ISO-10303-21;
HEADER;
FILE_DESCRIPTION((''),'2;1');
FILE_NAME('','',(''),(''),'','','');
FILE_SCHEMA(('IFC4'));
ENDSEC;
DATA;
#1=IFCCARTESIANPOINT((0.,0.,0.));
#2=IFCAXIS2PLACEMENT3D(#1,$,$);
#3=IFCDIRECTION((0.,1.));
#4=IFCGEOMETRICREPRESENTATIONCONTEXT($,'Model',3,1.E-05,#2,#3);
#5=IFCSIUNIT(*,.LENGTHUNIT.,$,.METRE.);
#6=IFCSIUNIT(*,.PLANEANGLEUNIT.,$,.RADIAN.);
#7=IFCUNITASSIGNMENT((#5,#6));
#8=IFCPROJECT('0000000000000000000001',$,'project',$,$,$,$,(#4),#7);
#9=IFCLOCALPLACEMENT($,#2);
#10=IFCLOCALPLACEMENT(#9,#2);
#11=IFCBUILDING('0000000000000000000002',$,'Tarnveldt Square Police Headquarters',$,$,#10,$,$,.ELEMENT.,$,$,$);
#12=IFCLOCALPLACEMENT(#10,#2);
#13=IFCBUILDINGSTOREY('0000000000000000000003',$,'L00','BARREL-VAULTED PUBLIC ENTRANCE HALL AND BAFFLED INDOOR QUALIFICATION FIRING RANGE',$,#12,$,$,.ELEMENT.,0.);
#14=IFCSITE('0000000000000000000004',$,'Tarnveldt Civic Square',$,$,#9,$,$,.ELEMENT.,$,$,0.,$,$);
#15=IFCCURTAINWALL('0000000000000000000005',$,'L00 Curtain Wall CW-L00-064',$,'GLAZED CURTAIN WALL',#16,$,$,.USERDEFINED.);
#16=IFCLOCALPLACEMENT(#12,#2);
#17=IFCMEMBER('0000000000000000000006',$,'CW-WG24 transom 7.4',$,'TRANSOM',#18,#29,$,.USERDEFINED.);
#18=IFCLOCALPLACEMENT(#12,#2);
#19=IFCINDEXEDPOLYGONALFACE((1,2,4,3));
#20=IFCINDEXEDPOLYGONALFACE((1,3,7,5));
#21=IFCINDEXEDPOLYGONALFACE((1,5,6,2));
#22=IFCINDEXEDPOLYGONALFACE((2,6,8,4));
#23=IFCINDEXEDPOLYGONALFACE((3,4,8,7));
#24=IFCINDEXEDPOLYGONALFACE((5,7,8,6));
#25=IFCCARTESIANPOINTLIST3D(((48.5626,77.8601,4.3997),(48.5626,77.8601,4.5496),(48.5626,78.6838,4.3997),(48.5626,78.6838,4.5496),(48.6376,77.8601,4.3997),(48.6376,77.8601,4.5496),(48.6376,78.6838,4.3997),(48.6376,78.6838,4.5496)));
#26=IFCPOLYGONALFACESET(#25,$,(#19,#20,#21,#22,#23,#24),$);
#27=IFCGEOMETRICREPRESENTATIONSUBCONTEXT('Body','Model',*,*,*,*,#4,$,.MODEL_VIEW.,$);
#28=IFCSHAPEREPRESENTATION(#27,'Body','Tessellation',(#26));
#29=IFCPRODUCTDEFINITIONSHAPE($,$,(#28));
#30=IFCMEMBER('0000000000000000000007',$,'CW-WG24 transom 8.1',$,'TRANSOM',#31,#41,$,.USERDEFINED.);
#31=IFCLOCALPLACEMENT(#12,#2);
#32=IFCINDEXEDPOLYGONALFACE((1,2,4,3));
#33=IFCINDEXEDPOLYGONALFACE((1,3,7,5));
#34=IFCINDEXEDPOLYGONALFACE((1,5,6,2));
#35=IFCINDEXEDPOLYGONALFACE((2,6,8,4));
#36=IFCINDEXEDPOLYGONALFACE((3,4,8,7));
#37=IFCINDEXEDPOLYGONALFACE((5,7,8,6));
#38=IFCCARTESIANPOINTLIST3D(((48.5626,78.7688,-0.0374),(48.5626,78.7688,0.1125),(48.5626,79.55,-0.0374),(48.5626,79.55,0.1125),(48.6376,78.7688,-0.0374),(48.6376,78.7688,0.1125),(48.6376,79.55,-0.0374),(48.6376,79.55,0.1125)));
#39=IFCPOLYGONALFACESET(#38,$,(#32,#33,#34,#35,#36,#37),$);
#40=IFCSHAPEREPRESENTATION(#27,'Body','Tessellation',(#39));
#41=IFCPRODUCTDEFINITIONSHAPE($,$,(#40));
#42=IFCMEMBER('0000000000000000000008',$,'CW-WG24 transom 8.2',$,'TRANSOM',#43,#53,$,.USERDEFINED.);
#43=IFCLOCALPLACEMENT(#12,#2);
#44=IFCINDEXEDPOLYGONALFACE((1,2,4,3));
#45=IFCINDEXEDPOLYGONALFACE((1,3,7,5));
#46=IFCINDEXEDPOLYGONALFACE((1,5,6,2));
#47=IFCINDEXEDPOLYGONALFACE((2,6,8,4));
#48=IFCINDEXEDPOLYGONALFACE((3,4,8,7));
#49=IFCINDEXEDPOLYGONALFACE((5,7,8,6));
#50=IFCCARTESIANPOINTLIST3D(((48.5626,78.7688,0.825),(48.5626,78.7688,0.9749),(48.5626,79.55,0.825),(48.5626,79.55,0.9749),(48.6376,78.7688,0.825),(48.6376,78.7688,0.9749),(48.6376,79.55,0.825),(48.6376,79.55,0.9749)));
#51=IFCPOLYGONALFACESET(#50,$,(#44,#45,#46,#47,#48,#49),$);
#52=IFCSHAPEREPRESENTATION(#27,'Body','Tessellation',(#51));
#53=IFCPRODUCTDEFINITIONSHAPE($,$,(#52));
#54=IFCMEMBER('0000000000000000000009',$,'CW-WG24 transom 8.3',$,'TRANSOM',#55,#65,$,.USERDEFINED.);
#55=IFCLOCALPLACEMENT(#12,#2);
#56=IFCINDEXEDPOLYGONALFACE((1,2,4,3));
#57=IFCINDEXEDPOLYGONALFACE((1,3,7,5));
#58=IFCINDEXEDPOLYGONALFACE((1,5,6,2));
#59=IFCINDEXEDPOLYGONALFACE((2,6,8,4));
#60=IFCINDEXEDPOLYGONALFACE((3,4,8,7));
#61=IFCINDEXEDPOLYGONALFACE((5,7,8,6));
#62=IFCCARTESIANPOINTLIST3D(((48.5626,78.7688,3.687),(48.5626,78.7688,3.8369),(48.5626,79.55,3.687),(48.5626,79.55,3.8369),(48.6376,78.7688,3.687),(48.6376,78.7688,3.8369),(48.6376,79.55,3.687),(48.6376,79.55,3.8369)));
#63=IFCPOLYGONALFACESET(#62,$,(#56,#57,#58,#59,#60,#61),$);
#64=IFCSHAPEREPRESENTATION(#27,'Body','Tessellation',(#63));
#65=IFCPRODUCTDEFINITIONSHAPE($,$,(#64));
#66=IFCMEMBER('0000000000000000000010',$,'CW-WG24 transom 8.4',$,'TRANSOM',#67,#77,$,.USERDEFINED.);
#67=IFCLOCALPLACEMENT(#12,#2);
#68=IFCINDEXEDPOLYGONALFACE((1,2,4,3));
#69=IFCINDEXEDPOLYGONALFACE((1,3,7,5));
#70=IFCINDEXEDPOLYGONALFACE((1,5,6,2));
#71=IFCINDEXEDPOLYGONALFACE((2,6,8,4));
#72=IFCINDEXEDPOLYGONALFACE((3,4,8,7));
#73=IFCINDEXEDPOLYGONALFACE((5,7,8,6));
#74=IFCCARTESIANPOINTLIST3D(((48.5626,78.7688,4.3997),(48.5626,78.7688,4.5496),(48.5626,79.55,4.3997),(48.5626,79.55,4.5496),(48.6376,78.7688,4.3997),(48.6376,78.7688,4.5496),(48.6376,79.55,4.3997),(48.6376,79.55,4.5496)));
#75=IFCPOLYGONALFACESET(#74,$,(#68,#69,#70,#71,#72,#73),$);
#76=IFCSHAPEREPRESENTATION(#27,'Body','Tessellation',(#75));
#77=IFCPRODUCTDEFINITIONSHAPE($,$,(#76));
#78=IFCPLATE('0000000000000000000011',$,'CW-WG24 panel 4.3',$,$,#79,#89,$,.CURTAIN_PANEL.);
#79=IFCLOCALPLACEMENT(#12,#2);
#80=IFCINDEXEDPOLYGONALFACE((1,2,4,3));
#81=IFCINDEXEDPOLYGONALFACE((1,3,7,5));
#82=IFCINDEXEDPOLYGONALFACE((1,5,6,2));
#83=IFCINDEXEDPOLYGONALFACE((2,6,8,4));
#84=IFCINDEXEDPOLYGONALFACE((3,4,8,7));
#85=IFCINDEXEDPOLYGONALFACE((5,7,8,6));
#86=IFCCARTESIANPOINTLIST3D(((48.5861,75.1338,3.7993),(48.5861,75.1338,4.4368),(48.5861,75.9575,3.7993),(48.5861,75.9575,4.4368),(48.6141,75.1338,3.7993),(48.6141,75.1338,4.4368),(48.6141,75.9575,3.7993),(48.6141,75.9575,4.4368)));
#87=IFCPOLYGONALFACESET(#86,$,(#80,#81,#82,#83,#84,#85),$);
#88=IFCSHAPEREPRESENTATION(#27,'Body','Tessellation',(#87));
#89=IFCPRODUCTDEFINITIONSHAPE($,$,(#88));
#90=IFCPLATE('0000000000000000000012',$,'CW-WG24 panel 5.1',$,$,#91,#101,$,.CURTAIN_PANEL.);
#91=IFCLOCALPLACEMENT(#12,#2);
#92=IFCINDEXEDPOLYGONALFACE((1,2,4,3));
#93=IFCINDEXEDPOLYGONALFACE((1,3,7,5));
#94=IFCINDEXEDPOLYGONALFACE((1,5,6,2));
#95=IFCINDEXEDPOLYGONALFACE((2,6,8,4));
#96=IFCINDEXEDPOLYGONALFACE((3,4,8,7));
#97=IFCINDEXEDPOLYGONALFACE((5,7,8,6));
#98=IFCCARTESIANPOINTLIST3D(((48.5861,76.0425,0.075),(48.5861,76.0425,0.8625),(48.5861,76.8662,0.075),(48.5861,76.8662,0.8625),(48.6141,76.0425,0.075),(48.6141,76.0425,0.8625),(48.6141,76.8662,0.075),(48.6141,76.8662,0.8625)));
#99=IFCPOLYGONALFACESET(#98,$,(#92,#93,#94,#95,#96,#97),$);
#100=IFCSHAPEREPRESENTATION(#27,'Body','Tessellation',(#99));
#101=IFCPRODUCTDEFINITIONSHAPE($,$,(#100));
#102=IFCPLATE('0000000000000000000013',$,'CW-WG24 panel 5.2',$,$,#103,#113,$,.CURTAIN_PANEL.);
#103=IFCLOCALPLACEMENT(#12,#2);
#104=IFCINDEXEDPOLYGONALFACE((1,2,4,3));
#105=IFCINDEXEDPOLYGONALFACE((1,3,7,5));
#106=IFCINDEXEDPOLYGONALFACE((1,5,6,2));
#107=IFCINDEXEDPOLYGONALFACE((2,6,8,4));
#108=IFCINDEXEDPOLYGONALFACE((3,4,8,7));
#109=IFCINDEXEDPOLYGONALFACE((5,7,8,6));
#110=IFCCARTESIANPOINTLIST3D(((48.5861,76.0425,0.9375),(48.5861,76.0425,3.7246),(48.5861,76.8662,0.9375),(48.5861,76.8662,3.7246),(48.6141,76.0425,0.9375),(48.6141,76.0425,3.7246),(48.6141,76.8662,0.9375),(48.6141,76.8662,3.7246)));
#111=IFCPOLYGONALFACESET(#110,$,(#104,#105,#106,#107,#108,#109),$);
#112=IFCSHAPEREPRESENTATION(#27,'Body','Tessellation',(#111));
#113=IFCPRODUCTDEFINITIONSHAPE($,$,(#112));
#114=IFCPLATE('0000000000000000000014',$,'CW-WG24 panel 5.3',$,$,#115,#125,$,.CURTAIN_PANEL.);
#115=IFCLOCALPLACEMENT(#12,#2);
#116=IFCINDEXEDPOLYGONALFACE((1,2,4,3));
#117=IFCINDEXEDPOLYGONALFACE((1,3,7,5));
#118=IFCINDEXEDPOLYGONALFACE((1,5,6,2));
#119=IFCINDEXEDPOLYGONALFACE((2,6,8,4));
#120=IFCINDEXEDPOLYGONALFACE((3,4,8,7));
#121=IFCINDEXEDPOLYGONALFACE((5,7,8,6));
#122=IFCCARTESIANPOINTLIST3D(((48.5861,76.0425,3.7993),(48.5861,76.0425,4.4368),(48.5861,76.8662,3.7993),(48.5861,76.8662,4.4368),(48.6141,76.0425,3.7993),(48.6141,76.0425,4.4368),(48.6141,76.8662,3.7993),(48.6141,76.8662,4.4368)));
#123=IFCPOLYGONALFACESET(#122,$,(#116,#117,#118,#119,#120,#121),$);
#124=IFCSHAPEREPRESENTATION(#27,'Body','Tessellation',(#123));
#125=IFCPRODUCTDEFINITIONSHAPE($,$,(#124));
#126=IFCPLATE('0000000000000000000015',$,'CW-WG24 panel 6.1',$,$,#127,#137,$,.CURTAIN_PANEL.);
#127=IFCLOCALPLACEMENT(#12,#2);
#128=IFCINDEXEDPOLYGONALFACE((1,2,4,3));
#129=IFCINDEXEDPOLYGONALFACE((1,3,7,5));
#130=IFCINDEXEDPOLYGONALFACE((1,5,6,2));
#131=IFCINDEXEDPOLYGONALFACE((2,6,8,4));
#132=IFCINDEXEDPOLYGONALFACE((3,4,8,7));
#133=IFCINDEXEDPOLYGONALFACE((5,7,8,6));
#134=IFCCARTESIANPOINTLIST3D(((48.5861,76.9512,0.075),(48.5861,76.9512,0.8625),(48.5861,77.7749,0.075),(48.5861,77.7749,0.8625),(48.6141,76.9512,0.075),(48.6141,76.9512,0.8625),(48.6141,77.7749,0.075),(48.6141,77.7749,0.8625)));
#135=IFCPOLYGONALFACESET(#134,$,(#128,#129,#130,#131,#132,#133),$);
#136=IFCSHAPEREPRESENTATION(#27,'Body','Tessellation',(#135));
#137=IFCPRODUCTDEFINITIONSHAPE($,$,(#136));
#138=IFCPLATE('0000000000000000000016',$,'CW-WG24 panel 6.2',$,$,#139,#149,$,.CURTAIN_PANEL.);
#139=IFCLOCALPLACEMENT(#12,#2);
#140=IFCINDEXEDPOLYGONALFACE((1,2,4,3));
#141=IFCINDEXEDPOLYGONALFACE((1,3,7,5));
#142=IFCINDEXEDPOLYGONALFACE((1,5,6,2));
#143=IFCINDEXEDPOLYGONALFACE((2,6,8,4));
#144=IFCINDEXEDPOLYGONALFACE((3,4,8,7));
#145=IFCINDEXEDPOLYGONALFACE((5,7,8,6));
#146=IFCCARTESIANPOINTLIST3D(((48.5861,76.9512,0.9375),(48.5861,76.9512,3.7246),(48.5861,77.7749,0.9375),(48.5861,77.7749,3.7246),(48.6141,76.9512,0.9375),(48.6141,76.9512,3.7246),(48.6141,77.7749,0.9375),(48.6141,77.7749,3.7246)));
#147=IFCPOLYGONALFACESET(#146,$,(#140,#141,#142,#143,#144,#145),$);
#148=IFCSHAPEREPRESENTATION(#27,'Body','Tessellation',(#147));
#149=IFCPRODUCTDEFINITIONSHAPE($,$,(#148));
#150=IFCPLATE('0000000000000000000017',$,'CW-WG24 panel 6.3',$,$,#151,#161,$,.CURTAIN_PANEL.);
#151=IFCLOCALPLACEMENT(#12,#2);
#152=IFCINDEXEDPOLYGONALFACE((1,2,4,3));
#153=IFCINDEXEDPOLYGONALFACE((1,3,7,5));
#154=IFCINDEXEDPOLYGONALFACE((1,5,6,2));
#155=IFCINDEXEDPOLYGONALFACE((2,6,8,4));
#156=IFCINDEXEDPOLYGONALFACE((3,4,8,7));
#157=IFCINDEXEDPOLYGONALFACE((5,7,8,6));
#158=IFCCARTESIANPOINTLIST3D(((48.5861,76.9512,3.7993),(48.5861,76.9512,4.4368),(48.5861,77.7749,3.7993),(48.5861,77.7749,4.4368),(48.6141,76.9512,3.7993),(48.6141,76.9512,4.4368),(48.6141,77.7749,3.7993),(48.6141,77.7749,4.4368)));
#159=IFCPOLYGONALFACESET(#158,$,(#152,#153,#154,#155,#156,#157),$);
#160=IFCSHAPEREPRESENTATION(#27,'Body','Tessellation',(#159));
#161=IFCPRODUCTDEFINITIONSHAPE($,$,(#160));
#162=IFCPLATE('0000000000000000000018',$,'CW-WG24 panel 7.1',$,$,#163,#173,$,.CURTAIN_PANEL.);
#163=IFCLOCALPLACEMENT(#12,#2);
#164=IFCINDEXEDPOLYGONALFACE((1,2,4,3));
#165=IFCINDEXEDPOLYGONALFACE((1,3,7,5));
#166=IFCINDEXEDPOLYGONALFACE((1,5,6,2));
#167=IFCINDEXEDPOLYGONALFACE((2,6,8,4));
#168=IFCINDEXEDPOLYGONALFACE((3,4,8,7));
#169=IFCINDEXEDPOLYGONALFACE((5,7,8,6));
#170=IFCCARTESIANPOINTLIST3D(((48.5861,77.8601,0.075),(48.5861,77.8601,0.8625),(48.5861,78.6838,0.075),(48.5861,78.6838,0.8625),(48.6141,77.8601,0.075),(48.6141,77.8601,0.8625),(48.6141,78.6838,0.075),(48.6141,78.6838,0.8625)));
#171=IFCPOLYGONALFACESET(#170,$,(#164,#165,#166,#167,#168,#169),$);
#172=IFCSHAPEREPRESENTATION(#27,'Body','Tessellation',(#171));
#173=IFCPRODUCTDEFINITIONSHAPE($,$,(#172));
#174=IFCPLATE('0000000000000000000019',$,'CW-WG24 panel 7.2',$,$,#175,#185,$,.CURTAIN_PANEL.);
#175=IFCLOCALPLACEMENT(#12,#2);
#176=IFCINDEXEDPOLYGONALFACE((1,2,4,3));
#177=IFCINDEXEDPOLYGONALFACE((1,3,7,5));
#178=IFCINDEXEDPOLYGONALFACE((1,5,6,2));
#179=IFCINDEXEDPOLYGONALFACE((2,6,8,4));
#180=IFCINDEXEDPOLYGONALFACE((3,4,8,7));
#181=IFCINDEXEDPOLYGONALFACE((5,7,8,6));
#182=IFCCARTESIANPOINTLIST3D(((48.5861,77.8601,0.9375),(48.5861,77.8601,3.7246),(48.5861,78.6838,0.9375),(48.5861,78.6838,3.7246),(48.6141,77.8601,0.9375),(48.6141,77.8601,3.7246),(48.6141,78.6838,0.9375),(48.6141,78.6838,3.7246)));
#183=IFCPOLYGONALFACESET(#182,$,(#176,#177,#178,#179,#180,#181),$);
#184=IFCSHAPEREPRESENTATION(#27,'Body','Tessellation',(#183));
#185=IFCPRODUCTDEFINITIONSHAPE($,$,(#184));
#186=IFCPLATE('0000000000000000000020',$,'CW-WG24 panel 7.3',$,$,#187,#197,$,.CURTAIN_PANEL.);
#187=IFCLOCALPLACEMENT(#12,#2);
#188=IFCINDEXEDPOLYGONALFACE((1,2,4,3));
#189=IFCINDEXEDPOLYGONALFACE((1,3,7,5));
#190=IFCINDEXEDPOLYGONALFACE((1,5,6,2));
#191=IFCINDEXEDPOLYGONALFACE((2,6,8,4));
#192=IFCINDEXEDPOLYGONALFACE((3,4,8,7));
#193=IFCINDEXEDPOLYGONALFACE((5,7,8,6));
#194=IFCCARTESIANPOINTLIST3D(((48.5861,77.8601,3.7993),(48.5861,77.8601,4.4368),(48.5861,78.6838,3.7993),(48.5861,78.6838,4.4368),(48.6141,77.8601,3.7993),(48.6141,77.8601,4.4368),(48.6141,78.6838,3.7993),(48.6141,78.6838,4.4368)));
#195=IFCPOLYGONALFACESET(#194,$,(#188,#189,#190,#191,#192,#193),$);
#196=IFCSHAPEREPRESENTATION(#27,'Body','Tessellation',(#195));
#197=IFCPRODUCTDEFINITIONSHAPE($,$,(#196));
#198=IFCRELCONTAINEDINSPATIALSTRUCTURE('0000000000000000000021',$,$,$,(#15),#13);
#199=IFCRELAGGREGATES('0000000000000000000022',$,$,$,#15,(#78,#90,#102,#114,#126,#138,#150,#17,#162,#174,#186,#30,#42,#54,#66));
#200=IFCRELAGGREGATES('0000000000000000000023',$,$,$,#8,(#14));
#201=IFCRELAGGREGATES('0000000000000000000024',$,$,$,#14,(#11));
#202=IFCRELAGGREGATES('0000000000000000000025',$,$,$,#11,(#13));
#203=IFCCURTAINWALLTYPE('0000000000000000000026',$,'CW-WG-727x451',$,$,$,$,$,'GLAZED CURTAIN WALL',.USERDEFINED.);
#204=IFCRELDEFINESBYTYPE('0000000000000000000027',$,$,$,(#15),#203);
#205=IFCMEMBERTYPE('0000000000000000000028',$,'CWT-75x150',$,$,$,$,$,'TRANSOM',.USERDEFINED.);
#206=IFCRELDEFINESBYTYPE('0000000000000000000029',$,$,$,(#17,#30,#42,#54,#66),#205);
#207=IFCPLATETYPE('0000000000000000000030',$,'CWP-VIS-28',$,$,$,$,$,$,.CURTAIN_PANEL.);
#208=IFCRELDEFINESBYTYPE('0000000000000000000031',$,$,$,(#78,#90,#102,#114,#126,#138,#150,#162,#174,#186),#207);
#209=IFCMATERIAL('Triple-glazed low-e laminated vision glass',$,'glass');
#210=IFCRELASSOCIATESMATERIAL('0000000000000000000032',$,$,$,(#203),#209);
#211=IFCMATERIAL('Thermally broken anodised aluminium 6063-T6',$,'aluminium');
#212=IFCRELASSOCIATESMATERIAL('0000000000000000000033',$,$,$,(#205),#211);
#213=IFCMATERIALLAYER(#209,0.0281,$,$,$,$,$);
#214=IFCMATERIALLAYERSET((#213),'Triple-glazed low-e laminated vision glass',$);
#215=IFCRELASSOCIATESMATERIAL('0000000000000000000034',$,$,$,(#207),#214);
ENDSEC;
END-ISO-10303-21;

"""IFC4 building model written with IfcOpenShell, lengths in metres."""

from ifc_helpers import new_model, si_unit, direction, frame, origin, origin_2d, place, context, subcontext, project, spatial, rectangle, extrude, material, layer, layer_set, material_profile, profile_set, type_object, element, aggregate, save


model = new_model("IFC4")

# Units and contexts
model_context = context("Model", 3, precision=1e-05, world=origin(), true_north=direction((0.0, 1.0)))
body_context = subcontext(model_context, "Body", "Model", "MODEL_VIEW")
ifc_project = project(units=[si_unit("LENGTHUNIT", "METRE"), si_unit("PLANEANGLEUNIT", "RADIAN")], contexts=[model_context])

# Site, building, storey
site_placement = place(None, origin())
site = spatial("IfcSite", under=ifc_project, at=site_placement, Name="Tarnveldt Civic Square", CompositionType="ELEMENT", RefElevation=0.0)
building_placement = place(site_placement, origin())
building = spatial("IfcBuilding", under=site, at=building_placement, Name="Tarnveldt Square Police Headquarters", CompositionType="ELEMENT")
storey_placement = place(building_placement, origin())
storey = spatial("IfcBuildingStorey", under=building, at=storey_placement, Name="L00", Description="BARREL-VAULTED PUBLIC ENTRANCE HALL AND BAFFLED INDOOR QUALIFICATION FIRING RANGE", CompositionType="ELEMENT", Elevation=0.0)

# Curtain wall, members, plates
ifc_material_1 = material(Name="Triple-glazed low-e laminated vision glass", Category="glass")
curtain_wall_type = type_object("IfcCurtainWallType", Name="CW-WG-727x451", ElementType="GLAZED CURTAIN WALL", PredefinedType="USERDEFINED", material=ifc_material_1)
curtain_wall_placement = place(storey_placement, origin())
curtain_wall = element("IfcCurtainWall", 1, at=curtain_wall_placement, inside=storey, type_object=curtain_wall_type, Name="L00 Curtain Wall CW-L00-064", ObjectType="GLAZED CURTAIN WALL", PredefinedType="USERDEFINED")
ifc_material_2 = material(Name="Thermally broken anodised aluminium 6063-T6", Category="aluminium")
ifc_material_profile_1 = material_profile(ifc_material_2, rectangle(XDim=0.075, YDim=0.1499, at=origin_2d()), Name="CW-T75x150")
ifc_profile_set_1 = profile_set([ifc_material_profile_1], Name="Thermally broken anodised aluminium 6063-T6")
member_type_1 = type_object("IfcMemberType", Name="CWT-75x150", ElementType="TRANSOM", PredefinedType="USERDEFINED", material=ifc_profile_set_1)
member_1_placement = place(storey_placement, frame((48.6001, 77.8601, 4.4746), z_axis=(0.0, 1.0, 0.0), x_axis=(-1.0, 0.0, 0.0)))
member_1 = element("IfcMember", 2, at=member_1_placement, type_object=member_type_1, Name="CW-WG24 transom 7.4", ObjectType="TRANSOM", PredefinedType="USERDEFINED", context=body_context, shape_type="SweptSolid", body=[
    extrude(rectangle(XDim=0.075, YDim=0.1499, at=origin_2d()), origin(), (0.0, 0.0, 1.0), 0.8237),
])
member_2_placement = place(storey_placement, frame((48.6001, 78.7688, 0.0376), z_axis=(0.0, 1.0, 0.0), x_axis=(-1.0, 0.0, 0.0)))
member_2 = element("IfcMember", 3, at=member_2_placement, type_object=member_type_1, Name="CW-WG24 transom 8.1", ObjectType="TRANSOM", PredefinedType="USERDEFINED", context=body_context, shape_type="SweptSolid", body=[
    extrude(rectangle(XDim=0.075, YDim=0.1499, at=origin_2d()), origin(), (0.0, 0.0, 1.0), 0.7812),
])
member_3_placement = place(storey_placement, frame((48.6001, 78.7688, 0.8999), z_axis=(0.0, 1.0, 0.0), x_axis=(-1.0, 0.0, 0.0)))
member_3 = element("IfcMember", 4, at=member_3_placement, type_object=member_type_1, Name="CW-WG24 transom 8.2", ObjectType="TRANSOM", PredefinedType="USERDEFINED", context=body_context, shape_type="SweptSolid", body=[
    extrude(rectangle(XDim=0.075, YDim=0.1499, at=origin_2d()), origin(), (0.0, 0.0, 1.0), 0.7812),
])
member_4_placement = place(storey_placement, frame((48.6001, 78.7688, 3.762), z_axis=(0.0, 1.0, 0.0), x_axis=(-1.0, 0.0, 0.0)))
member_4 = element("IfcMember", 5, at=member_4_placement, type_object=member_type_1, Name="CW-WG24 transom 8.3", ObjectType="TRANSOM", PredefinedType="USERDEFINED", context=body_context, shape_type="SweptSolid", body=[
    extrude(rectangle(XDim=0.075, YDim=0.1499, at=origin_2d()), origin(), (0.0, 0.0, 1.0), 0.7812),
])
member_5_placement = place(storey_placement, frame((48.6001, 78.7688, 4.4746), z_axis=(0.0, 1.0, 0.0), x_axis=(-1.0, 0.0, 0.0)))
member_5 = element("IfcMember", 6, at=member_5_placement, type_object=member_type_1, Name="CW-WG24 transom 8.4", ObjectType="TRANSOM", PredefinedType="USERDEFINED", context=body_context, shape_type="SweptSolid", body=[
    extrude(rectangle(XDim=0.075, YDim=0.1499, at=origin_2d()), origin(), (0.0, 0.0, 1.0), 0.7812),
])
ifc_layer = layer(ifc_material_1, 0.0281)
ifc_layer_set = layer_set([ifc_layer], Name="Triple-glazed low-e laminated vision glass")
plate_type = type_object("IfcPlateType", Name="CWP-VIS-28", PredefinedType="CURTAIN_PANEL", material=ifc_layer_set)
plate_1_placement = place(storey_placement, frame((48.6001, 75.5457, 3.7993), z_axis=(0.0, 0.0, 1.0), x_axis=(0.0, 1.0, 0.0)))
plate_1 = element("IfcPlate", 7, at=plate_1_placement, type_object=plate_type, Name="CW-WG24 panel 4.3", PredefinedType="CURTAIN_PANEL", context=body_context, shape_type="SweptSolid", body=[
    extrude(rectangle(XDim=0.8237, YDim=0.0281, at=origin_2d()), origin(), (0.0, 0.0, 1.0), 0.6375),
])
plate_2_placement = place(storey_placement, frame((48.6001, 76.4543, 0.075), z_axis=(0.0, 0.0, 1.0), x_axis=(0.0, 1.0, 0.0)))
plate_2 = element("IfcPlate", 8, at=plate_2_placement, type_object=plate_type, Name="CW-WG24 panel 5.1", PredefinedType="CURTAIN_PANEL", context=body_context, shape_type="SweptSolid", body=[
    extrude(rectangle(XDim=0.8237, YDim=0.0281, at=origin_2d()), origin(), (0.0, 0.0, 1.0), 0.7876),
])
plate_3_placement = place(storey_placement, frame((48.6001, 76.4543, 0.9375), z_axis=(0.0, 0.0, 1.0), x_axis=(0.0, 1.0, 0.0)))
plate_3 = element("IfcPlate", 9, at=plate_3_placement, type_object=plate_type, Name="CW-WG24 panel 5.2", PredefinedType="CURTAIN_PANEL", context=body_context, shape_type="SweptSolid", body=[
    extrude(rectangle(XDim=0.8237, YDim=0.0281, at=origin_2d()), origin(), (0.0, 0.0, 1.0), 2.7871),
])
plate_4_placement = place(storey_placement, frame((48.6001, 76.4543, 3.7993), z_axis=(0.0, 0.0, 1.0), x_axis=(0.0, 1.0, 0.0)))
plate_4 = element("IfcPlate", 10, at=plate_4_placement, type_object=plate_type, Name="CW-WG24 panel 5.3", PredefinedType="CURTAIN_PANEL", context=body_context, shape_type="SweptSolid", body=[
    extrude(rectangle(XDim=0.8237, YDim=0.0281, at=origin_2d()), origin(), (0.0, 0.0, 1.0), 0.6375),
])
plate_5_placement = place(storey_placement, frame((48.6001, 77.363, 0.075), z_axis=(0.0, 0.0, 1.0), x_axis=(0.0, 1.0, 0.0)))
plate_5 = element("IfcPlate", 11, at=plate_5_placement, type_object=plate_type, Name="CW-WG24 panel 6.1", PredefinedType="CURTAIN_PANEL", context=body_context, shape_type="SweptSolid", body=[
    extrude(rectangle(XDim=0.8237, YDim=0.0281, at=origin_2d()), origin(), (0.0, 0.0, 1.0), 0.7876),
])
plate_6_placement = place(storey_placement, frame((48.6001, 77.363, 0.9375), z_axis=(0.0, 0.0, 1.0), x_axis=(0.0, 1.0, 0.0)))
plate_6 = element("IfcPlate", 12, at=plate_6_placement, type_object=plate_type, Name="CW-WG24 panel 6.2", PredefinedType="CURTAIN_PANEL", context=body_context, shape_type="SweptSolid", body=[
    extrude(rectangle(XDim=0.8237, YDim=0.0281, at=origin_2d()), origin(), (0.0, 0.0, 1.0), 2.7871),
])
plate_7_placement = place(storey_placement, frame((48.6001, 77.363, 3.7993), z_axis=(0.0, 0.0, 1.0), x_axis=(0.0, 1.0, 0.0)))
plate_7 = element("IfcPlate", 13, at=plate_7_placement, type_object=plate_type, Name="CW-WG24 panel 6.3", PredefinedType="CURTAIN_PANEL", context=body_context, shape_type="SweptSolid", body=[
    extrude(rectangle(XDim=0.8237, YDim=0.0281, at=origin_2d()), origin(), (0.0, 0.0, 1.0), 0.6375),
])
plate_8_placement = place(storey_placement, frame((48.6001, 78.272, 0.075), z_axis=(0.0, 0.0, 1.0), x_axis=(0.0, 1.0, 0.0)))
plate_8 = element("IfcPlate", 14, at=plate_8_placement, type_object=plate_type, Name="CW-WG24 panel 7.1", PredefinedType="CURTAIN_PANEL", context=body_context, shape_type="SweptSolid", body=[
    extrude(rectangle(XDim=0.8237, YDim=0.0281, at=origin_2d()), origin(), (0.0, 0.0, 1.0), 0.7876),
])
plate_9_placement = place(storey_placement, frame((48.6001, 78.272, 0.9375), z_axis=(0.0, 0.0, 1.0), x_axis=(0.0, 1.0, 0.0)))
plate_9 = element("IfcPlate", 15, at=plate_9_placement, type_object=plate_type, Name="CW-WG24 panel 7.2", PredefinedType="CURTAIN_PANEL", context=body_context, shape_type="SweptSolid", body=[
    extrude(rectangle(XDim=0.8237, YDim=0.0281, at=origin_2d()), origin(), (0.0, 0.0, 1.0), 2.7871),
])
plate_10_placement = place(storey_placement, frame((48.6001, 78.272, 3.7993), z_axis=(0.0, 0.0, 1.0), x_axis=(0.0, 1.0, 0.0)))
plate_10 = element("IfcPlate", 16, at=plate_10_placement, type_object=plate_type, Name="CW-WG24 panel 7.3", PredefinedType="CURTAIN_PANEL", context=body_context, shape_type="SweptSolid", body=[
    extrude(rectangle(XDim=0.8237, YDim=0.0281, at=origin_2d()), origin(), (0.0, 0.0, 1.0), 0.6375),
])
aggregate(curtain_wall, [plate_1, plate_2, plate_3, plate_4, plate_5, plate_6, plate_7, member_1, plate_8, plate_9, plate_10, member_2, member_3, member_4, member_5])

save(model, "model.ifc")
